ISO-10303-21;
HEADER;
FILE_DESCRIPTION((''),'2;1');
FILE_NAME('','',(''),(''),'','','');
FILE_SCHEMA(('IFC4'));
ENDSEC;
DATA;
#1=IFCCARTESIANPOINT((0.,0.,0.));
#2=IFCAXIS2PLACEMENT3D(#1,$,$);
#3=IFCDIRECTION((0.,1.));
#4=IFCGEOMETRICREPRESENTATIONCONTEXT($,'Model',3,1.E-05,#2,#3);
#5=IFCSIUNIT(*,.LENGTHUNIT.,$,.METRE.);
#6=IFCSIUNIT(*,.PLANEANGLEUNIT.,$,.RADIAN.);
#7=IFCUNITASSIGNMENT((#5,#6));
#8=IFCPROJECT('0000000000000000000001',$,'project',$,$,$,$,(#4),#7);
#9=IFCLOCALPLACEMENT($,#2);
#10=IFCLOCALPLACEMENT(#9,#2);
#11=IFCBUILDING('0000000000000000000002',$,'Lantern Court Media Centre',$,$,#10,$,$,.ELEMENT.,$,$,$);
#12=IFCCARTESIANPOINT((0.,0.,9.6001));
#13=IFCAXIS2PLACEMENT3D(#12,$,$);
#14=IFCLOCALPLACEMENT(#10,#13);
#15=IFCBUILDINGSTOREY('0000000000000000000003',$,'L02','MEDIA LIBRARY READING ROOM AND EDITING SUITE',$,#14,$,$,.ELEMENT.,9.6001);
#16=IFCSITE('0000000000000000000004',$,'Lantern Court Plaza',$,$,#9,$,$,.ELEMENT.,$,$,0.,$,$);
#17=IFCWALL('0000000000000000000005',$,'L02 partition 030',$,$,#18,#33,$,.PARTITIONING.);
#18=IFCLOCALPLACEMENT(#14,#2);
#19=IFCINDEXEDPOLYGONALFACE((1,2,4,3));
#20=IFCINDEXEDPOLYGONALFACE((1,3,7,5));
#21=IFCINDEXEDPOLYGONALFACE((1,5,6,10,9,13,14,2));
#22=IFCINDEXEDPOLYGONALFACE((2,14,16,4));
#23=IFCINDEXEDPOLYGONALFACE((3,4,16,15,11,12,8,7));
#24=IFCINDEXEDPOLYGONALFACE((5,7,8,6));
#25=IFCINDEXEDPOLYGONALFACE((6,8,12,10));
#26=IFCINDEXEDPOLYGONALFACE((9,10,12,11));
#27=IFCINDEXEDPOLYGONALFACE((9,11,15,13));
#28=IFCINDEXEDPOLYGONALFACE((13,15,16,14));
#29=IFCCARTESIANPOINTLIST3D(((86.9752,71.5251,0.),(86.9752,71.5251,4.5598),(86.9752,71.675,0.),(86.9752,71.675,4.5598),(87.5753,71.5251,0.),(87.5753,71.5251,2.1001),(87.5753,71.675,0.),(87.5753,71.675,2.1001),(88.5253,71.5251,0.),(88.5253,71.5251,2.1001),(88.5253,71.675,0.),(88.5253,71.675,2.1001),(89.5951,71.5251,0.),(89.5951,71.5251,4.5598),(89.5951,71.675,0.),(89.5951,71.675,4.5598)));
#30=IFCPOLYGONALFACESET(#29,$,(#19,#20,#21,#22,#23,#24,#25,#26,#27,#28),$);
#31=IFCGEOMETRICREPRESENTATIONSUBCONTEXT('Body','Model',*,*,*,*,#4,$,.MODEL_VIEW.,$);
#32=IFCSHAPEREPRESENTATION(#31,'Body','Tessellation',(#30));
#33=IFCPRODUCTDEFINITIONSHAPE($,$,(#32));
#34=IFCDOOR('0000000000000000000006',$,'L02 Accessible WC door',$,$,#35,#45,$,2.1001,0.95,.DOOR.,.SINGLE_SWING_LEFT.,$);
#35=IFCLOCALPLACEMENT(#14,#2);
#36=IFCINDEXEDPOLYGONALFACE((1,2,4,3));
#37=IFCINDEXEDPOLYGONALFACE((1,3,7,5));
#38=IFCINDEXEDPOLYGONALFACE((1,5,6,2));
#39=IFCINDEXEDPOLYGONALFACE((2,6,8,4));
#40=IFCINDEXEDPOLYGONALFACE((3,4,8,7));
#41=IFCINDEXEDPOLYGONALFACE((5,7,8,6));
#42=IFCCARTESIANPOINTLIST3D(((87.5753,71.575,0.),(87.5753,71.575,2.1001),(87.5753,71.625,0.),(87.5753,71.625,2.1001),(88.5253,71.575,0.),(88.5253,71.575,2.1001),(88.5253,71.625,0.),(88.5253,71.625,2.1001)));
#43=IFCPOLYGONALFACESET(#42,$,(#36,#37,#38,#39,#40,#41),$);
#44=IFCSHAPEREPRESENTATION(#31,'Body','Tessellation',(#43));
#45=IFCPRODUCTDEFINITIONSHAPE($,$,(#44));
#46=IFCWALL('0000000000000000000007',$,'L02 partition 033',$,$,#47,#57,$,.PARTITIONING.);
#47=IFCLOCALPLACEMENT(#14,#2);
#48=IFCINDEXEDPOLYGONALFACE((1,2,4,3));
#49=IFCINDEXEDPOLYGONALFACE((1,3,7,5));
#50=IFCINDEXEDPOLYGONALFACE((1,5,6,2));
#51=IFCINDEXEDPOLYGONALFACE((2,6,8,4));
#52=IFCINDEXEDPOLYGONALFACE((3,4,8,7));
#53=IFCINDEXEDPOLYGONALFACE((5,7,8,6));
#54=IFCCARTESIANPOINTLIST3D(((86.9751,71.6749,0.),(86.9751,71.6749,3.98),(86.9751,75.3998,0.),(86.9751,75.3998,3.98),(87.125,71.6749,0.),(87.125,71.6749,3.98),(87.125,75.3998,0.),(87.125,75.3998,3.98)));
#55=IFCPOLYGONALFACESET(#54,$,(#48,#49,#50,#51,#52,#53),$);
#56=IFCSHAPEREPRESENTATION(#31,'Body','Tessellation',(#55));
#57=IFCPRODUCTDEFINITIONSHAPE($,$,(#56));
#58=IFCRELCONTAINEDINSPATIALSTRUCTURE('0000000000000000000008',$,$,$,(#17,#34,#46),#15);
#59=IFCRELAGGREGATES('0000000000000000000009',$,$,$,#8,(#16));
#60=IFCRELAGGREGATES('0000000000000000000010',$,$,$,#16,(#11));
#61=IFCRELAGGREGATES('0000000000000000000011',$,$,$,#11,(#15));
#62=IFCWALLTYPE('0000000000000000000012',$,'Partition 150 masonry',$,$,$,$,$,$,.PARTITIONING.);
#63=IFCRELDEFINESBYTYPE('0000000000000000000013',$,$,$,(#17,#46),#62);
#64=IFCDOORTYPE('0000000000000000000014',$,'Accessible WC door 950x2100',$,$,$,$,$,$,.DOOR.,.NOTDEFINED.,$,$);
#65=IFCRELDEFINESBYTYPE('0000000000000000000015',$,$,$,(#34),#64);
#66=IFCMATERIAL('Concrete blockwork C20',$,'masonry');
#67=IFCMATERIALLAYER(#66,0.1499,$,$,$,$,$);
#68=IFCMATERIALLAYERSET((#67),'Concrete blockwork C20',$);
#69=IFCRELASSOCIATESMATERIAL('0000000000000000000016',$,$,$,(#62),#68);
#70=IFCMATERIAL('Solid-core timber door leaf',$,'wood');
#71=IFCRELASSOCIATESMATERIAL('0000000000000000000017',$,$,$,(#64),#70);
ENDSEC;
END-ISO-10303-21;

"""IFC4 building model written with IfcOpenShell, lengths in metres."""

from ifc_helpers import new_model, si_unit, direction, frame, frame_2d, origin, place, context, subcontext, project, spatial, rectangle, extrude, material, layer, layer_set, type_object, element, fill, save


model = new_model("IFC4")

# Units and contexts
model_context = context("Model", 3, precision=1e-05, world=origin(), true_north=direction((0.0, 1.0)))
body_context = subcontext(model_context, "Body", "Model", "MODEL_VIEW")
ifc_project = project(units=[si_unit("LENGTHUNIT", "METRE"), si_unit("PLANEANGLEUNIT", "RADIAN")], contexts=[model_context])

# Site, building, storey
site_placement = place(None, origin())
site = spatial("IfcSite", under=ifc_project, at=site_placement, Name="Lantern Court Plaza", CompositionType="ELEMENT", RefElevation=0.0)
building_placement = place(site_placement, origin())
building = spatial("IfcBuilding", under=site, at=building_placement, Name="Lantern Court Media Centre", CompositionType="ELEMENT")
storey_placement = place(building_placement, frame((0.0, 0.0, 9.6001)))
storey = spatial("IfcBuildingStorey", under=building, at=storey_placement, Name="L02", Description="MEDIA LIBRARY READING ROOM AND EDITING SUITE", CompositionType="ELEMENT", Elevation=9.6001)

# Wall, opening, door
ifc_material_1 = material(Name="Concrete blockwork C20", Category="masonry")
ifc_layer_1 = layer(ifc_material_1, 0.1499)
ifc_layer_set_1 = layer_set([ifc_layer_1], Name="Concrete blockwork C20")
wall_type_1 = type_object("IfcWallType", Name="Partition 150 masonry", PredefinedType="PARTITIONING", material=ifc_layer_set_1)
wall_1_placement = place(storey_placement, frame((86.9751, 71.6001, 0.0), z_axis=(0.0, 0.0, 1.0), x_axis=(1.0, 0.0, 0.0)))
wall_1 = element("IfcWall", 1, at=wall_1_placement, inside=storey, type_object=wall_type_1, Name="L02 partition 030", PredefinedType="PARTITIONING", context=body_context, shape_type="SweptSolid", body=[
    extrude(rectangle(XDim=2.6199, YDim=0.1499, at=frame_2d((1.3101, 0.0))), origin(), (0.0, 0.0, 1.0), 4.5598),
])
opening_placement = place(wall_1_placement, frame((0.6001, 0.0, 0.0)))
opening = element("IfcOpeningElement", 2, at=opening_placement, cuts=wall_1, PredefinedType="OPENING", context=body_context, shape_type="SweptSolid", body=[
    extrude(rectangle(XDim=0.95, YDim=2.1001, at=frame_2d((0.4751, 1.05))), frame((0.0, 0.085, 0.0), z_axis=(0.0, -1.0, 0.0), x_axis=(1.0, 0.0, 0.0)), (0.0, 0.0, 1.0), 0.1699),
])
ifc_material_2 = material(Name="Solid-core timber door leaf", Category="wood")
door_type = type_object("IfcDoorType", Name="Accessible WC door 950x2100", OperationType="NOTDEFINED", PredefinedType="DOOR", material=ifc_material_2)
door_placement = place(opening_placement, origin())
door = element("IfcDoor", 3, at=door_placement, inside=storey, type_object=door_type, Name="L02 Accessible WC door", OperationType="SINGLE_SWING_LEFT", OverallHeight=2.1001, OverallWidth=0.95, PredefinedType="DOOR", context=body_context, shape_type="SweptSolid", body=[
    extrude(rectangle(XDim=0.95, YDim=2.1001, at=frame_2d((0.4751, 1.05))), frame((0.0, 0.0249, 0.0), z_axis=(0.0, -1.0, 0.0), x_axis=(1.0, 0.0, 0.0)), (0.0, 0.0, 1.0), 0.05),
])
fill(opening, door)

# Wall
wall_2_placement = place(storey_placement, frame((87.05, 71.675, 0.0), z_axis=(0.0, 0.0, 1.0), x_axis=(0.0, 1.0, 0.0)))
element("IfcWall", 4, at=wall_2_placement, inside=storey, type_object=wall_type_1, Name="L02 partition 033", PredefinedType="PARTITIONING", context=body_context, shape_type="SweptSolid", body=[
    extrude(rectangle(XDim=3.7249, YDim=0.1499, at=frame_2d((1.8623, 0.0))), origin(), (0.0, 0.0, 1.0), 3.98),
])

save(model, "model.ifc")
